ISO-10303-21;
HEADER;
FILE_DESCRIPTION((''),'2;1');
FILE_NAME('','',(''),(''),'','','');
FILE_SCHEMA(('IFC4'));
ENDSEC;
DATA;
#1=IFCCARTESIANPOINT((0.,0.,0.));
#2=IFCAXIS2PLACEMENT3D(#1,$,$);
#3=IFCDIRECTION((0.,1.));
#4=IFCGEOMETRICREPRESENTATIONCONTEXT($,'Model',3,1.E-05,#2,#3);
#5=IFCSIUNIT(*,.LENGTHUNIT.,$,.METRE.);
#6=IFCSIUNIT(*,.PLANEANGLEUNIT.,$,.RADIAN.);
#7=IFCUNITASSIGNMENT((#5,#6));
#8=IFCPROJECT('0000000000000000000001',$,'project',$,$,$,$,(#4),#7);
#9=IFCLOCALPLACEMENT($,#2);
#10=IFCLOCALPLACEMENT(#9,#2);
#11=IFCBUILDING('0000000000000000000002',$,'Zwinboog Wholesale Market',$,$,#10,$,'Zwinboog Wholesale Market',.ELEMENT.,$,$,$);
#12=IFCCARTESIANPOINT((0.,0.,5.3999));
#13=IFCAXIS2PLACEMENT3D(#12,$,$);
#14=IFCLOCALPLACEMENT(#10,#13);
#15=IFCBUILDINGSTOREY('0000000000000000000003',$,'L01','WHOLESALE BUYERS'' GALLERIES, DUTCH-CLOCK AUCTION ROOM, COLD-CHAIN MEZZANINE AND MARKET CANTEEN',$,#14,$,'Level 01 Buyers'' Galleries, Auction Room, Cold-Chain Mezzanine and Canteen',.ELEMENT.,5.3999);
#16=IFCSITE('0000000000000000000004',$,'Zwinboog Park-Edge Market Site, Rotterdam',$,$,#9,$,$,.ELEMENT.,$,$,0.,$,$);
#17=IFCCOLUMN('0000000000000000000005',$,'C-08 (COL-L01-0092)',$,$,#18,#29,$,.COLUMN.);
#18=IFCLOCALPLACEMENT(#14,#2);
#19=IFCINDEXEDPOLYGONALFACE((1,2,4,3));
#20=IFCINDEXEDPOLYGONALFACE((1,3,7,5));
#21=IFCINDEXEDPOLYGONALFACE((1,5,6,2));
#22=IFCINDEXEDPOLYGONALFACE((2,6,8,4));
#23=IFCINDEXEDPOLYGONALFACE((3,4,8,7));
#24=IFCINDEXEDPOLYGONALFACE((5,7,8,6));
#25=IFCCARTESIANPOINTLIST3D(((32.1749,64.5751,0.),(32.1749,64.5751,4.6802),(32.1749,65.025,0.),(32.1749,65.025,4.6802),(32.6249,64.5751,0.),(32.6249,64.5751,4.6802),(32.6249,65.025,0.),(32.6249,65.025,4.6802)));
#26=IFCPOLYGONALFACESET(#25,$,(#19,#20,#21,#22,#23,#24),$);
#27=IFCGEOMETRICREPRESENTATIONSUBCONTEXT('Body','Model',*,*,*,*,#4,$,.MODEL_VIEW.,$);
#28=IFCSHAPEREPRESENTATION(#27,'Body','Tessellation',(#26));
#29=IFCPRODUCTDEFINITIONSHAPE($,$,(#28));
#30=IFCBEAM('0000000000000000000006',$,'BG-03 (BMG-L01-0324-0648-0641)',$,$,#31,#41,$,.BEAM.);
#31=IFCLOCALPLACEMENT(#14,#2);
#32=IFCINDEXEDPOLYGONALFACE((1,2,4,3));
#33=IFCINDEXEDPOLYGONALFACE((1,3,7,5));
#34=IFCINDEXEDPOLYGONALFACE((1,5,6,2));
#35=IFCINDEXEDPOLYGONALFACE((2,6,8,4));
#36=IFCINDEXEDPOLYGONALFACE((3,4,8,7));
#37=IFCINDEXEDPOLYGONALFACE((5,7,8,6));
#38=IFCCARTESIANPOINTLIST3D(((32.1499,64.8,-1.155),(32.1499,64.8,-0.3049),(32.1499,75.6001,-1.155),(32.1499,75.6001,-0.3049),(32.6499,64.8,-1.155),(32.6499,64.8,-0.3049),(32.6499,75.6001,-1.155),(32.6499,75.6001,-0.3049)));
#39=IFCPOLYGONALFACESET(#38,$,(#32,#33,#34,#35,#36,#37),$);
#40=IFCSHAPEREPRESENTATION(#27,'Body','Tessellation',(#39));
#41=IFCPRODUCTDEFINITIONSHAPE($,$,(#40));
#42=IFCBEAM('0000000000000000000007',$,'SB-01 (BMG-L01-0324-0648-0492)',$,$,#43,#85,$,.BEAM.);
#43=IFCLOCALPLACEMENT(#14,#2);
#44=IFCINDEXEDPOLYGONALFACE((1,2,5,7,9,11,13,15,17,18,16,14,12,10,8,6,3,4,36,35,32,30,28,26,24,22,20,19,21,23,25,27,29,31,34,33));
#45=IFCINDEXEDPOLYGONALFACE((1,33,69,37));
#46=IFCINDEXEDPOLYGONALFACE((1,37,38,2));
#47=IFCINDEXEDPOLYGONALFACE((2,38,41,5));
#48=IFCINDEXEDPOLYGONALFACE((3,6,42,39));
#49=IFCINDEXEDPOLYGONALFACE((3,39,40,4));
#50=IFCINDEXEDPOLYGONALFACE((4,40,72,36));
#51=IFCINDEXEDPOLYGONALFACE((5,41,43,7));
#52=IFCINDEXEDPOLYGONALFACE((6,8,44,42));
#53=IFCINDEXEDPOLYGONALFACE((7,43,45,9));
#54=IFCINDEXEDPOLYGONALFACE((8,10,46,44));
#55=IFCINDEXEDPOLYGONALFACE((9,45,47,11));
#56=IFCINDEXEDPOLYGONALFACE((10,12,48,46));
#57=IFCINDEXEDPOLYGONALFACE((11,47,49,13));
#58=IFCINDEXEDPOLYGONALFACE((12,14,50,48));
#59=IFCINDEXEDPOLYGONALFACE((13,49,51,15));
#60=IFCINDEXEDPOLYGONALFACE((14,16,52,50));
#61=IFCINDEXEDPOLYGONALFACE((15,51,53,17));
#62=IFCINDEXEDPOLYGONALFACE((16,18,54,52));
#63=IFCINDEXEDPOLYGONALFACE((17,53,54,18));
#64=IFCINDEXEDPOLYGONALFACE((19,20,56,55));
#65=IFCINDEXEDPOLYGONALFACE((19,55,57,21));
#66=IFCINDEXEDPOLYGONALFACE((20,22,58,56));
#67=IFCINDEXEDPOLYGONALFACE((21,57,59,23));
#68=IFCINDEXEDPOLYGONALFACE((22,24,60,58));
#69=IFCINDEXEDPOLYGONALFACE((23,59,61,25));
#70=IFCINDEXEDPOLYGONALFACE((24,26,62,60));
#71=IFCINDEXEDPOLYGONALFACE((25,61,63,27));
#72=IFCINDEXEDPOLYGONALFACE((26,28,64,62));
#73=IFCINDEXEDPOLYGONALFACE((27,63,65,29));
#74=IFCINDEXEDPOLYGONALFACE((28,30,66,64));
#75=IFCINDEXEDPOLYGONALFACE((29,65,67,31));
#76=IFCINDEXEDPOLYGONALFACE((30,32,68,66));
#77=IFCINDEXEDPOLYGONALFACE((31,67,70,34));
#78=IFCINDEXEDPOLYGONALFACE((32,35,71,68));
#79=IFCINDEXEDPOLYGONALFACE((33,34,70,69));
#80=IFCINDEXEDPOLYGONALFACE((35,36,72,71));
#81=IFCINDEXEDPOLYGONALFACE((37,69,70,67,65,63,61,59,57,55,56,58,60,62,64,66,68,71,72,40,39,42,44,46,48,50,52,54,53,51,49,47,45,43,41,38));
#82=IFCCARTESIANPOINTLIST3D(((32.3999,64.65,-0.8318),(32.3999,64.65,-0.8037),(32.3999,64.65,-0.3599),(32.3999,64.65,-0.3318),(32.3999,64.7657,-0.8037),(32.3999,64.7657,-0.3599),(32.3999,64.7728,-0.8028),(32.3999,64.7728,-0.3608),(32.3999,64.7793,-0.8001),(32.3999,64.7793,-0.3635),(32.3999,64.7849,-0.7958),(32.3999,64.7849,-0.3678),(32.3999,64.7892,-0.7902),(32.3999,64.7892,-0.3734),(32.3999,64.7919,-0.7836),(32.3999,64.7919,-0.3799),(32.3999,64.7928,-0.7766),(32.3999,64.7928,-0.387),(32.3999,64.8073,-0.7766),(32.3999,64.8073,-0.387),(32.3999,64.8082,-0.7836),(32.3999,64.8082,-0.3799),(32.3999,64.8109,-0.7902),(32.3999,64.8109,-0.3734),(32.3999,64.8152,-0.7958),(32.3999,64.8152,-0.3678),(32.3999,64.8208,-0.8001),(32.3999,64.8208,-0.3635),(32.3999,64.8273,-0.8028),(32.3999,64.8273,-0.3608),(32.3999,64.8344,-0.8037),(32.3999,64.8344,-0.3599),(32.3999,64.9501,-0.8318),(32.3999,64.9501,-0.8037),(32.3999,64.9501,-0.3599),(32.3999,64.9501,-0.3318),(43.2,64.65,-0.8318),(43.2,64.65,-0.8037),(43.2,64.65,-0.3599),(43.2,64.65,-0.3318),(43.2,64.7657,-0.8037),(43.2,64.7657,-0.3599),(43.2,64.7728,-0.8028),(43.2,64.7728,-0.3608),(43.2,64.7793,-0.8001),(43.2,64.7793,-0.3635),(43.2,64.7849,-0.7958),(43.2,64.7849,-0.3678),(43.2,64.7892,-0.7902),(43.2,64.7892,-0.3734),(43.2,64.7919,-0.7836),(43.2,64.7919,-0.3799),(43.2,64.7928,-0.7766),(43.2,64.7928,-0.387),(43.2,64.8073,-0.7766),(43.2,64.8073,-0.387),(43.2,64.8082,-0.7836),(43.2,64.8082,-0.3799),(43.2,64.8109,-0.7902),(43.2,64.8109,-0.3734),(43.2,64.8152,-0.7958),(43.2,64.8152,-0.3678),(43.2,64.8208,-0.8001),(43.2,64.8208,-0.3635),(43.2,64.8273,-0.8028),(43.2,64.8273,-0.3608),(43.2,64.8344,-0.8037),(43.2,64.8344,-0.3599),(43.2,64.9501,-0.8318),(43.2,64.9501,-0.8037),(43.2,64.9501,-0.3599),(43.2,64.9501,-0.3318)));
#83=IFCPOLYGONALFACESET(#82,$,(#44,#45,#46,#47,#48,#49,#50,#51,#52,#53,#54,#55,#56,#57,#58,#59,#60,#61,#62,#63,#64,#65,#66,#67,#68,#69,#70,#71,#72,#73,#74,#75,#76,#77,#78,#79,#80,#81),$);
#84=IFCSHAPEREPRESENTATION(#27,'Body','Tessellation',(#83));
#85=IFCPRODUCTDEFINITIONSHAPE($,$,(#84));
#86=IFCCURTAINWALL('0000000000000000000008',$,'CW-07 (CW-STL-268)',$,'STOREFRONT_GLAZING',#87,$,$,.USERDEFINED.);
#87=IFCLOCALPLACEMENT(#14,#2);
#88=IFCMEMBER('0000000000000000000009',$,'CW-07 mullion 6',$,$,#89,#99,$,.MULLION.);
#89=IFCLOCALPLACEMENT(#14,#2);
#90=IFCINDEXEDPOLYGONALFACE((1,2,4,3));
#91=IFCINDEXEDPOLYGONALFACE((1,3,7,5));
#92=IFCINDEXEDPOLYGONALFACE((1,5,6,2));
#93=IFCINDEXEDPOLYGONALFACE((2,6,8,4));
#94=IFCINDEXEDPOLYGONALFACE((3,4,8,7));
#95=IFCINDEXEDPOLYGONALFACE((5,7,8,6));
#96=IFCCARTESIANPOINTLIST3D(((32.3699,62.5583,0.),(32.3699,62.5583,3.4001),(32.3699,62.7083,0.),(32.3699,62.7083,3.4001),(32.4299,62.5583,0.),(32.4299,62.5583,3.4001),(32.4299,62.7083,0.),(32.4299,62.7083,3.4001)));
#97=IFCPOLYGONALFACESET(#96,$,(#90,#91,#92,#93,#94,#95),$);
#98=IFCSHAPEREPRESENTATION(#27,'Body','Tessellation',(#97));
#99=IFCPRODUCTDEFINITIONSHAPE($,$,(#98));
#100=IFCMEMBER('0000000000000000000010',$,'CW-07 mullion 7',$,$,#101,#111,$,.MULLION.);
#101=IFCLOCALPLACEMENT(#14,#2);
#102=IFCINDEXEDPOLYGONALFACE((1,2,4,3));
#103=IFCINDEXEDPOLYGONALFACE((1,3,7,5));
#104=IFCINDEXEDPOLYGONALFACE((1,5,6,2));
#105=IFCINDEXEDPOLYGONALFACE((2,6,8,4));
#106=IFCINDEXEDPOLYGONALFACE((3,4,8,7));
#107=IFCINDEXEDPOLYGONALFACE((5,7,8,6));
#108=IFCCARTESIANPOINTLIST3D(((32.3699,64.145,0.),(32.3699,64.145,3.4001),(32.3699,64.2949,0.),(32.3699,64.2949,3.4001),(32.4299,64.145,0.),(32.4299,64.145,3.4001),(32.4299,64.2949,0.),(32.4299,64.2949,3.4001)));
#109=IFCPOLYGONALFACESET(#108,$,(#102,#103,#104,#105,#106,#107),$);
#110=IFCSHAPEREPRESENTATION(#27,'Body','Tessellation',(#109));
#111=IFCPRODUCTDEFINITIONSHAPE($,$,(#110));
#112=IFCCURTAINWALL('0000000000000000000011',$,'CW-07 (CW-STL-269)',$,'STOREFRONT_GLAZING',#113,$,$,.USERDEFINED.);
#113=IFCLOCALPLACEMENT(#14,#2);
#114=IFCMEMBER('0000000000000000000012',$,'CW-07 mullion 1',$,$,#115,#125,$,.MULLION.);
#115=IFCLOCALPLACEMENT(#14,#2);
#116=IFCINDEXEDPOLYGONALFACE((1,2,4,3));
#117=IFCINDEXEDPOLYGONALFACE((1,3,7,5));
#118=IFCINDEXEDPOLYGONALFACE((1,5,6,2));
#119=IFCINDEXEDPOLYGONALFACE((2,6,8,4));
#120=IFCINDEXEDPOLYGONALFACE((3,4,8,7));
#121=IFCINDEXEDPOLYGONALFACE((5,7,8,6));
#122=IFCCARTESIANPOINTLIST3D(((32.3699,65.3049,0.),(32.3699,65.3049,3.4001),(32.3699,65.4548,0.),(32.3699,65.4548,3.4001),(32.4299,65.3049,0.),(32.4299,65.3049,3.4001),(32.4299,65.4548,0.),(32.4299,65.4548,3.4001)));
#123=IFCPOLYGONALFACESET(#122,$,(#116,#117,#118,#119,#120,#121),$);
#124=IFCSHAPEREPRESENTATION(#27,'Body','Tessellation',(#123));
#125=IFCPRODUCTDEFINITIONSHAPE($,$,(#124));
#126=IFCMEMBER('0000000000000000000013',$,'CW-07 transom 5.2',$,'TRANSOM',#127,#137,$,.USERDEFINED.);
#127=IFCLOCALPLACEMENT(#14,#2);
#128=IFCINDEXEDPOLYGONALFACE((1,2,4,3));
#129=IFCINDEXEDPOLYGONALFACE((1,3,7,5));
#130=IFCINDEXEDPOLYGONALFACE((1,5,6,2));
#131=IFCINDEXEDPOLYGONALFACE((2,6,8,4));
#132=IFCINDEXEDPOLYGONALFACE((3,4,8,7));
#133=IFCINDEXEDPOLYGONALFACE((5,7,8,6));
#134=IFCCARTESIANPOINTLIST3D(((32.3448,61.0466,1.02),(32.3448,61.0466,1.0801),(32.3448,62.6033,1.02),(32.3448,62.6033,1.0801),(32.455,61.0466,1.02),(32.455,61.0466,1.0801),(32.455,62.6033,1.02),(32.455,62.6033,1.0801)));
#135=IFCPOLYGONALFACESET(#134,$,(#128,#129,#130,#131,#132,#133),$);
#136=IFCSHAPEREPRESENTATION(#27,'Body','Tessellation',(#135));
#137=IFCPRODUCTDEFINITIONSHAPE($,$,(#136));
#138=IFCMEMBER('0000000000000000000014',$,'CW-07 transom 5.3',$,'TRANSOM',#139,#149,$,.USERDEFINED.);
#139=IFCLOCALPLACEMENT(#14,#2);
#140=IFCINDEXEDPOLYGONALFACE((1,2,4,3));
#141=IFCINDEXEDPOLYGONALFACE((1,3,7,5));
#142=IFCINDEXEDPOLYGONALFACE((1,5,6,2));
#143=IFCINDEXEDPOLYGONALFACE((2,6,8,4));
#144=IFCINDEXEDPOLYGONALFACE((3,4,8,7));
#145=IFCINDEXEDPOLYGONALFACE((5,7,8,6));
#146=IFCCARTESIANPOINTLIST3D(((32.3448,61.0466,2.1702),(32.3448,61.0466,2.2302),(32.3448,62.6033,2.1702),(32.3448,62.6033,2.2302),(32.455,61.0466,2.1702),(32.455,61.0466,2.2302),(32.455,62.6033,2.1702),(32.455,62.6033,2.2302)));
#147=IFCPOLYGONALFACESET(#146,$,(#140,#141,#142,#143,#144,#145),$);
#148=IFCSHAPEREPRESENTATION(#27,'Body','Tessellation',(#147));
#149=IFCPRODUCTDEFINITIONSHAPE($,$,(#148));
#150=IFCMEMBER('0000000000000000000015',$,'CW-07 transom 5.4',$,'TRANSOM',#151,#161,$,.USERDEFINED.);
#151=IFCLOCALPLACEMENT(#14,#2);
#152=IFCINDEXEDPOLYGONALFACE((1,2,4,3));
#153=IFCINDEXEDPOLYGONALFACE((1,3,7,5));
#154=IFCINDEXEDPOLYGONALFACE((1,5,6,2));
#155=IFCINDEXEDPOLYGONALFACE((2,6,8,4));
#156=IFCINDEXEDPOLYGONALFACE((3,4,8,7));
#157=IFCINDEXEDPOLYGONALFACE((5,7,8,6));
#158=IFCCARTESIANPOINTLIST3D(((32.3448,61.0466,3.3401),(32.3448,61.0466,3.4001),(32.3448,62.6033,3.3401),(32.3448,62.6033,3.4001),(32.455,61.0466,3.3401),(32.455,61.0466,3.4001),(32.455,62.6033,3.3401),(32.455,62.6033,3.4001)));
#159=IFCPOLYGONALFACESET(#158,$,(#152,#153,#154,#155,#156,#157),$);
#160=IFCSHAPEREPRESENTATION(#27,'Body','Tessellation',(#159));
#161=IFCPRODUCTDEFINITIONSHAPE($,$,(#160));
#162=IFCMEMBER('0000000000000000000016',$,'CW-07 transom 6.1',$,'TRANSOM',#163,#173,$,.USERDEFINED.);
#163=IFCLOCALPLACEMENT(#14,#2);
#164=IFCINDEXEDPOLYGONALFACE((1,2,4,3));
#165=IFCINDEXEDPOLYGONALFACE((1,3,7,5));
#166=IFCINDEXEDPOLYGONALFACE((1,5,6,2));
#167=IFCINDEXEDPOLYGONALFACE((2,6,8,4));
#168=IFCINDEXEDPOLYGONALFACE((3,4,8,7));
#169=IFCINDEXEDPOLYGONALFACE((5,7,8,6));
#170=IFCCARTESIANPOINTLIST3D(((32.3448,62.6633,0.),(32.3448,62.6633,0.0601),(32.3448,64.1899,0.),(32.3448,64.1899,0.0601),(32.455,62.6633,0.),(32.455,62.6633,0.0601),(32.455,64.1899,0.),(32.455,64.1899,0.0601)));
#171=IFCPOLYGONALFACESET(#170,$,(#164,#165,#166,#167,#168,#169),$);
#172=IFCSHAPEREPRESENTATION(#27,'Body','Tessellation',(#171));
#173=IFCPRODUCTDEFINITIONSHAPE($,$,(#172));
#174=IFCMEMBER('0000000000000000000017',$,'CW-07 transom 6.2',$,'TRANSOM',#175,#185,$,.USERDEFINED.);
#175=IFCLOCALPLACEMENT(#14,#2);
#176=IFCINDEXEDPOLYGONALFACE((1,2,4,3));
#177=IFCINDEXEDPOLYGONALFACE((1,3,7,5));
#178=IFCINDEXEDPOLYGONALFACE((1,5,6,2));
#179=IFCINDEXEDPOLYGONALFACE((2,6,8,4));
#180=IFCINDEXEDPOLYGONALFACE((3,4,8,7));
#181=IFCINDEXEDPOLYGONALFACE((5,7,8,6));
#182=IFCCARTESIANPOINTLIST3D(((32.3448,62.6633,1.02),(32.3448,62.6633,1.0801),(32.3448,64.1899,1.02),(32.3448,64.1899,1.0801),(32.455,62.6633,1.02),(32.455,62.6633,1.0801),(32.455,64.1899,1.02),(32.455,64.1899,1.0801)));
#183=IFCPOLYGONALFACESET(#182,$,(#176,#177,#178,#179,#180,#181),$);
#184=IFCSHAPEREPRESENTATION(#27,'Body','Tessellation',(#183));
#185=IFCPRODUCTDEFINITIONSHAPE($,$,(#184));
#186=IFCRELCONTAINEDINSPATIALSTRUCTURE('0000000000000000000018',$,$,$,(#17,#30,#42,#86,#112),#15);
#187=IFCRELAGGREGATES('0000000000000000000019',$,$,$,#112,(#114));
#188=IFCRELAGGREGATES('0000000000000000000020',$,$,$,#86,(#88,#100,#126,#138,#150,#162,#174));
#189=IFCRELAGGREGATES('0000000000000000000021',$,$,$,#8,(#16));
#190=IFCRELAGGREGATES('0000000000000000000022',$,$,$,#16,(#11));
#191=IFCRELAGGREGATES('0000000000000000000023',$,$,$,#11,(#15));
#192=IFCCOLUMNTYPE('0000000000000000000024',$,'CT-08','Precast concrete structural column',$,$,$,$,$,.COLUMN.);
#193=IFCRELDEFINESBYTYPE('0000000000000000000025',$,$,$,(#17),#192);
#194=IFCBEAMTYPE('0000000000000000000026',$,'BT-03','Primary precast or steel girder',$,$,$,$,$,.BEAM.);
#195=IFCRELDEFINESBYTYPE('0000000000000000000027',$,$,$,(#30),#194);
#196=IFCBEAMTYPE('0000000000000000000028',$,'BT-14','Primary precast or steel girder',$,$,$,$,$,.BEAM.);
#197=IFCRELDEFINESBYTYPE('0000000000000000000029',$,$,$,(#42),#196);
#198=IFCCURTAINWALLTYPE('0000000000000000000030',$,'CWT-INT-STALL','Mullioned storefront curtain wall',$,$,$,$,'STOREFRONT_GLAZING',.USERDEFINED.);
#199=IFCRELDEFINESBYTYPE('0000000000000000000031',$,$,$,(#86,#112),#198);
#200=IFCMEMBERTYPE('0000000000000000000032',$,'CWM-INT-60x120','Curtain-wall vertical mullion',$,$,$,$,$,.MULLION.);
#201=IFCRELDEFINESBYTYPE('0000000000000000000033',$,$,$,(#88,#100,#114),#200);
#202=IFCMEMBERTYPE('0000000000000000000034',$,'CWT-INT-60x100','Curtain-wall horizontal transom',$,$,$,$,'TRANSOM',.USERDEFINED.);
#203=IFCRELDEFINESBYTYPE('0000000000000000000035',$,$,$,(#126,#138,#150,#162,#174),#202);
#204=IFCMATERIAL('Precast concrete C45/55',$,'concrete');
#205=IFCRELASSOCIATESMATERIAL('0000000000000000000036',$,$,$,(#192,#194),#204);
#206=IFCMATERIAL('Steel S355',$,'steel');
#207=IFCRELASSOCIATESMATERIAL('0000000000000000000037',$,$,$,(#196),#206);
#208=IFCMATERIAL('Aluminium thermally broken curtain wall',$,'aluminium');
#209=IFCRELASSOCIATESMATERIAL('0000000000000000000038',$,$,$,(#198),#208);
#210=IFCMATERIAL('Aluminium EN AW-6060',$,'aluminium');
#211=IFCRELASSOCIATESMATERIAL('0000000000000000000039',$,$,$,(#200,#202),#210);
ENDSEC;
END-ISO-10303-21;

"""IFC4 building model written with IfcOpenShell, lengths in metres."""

from ifc_helpers import new_model, si_unit, direction, frame, origin, origin_2d, place, context, subcontext, project, spatial, rectangle, i_section, extrude, material, material_profile, profile_set, type_object, element, aggregate, save


model = new_model("IFC4")

# Units and contexts
model_context = context("Model", 3, precision=1e-05, world=origin(), true_north=direction((0.0, 1.0)))
body_context = subcontext(model_context, "Body", "Model", "MODEL_VIEW")
ifc_project = project(units=[si_unit("LENGTHUNIT", "METRE"), si_unit("PLANEANGLEUNIT", "RADIAN")], contexts=[model_context])

# Site, building, storey
site_placement = place(None, origin())
site = spatial("IfcSite", under=ifc_project, at=site_placement, Name="Zwinboog Park-Edge Market Site, Rotterdam", CompositionType="ELEMENT", RefElevation=0.0)
building_placement = place(site_placement, origin())
building = spatial("IfcBuilding", under=site, at=building_placement, Name="Zwinboog Wholesale Market", LongName="Zwinboog Wholesale Market", CompositionType="ELEMENT")
storey_placement = place(building_placement, frame((0.0, 0.0, 5.3999)))
storey = spatial("IfcBuildingStorey", under=building, at=storey_placement, Name="L01", Description="WHOLESALE BUYERS' GALLERIES, DUTCH-CLOCK AUCTION ROOM, COLD-CHAIN MEZZANINE AND MARKET CANTEEN", LongName="Level 01 Buyers' Galleries, Auction Room, Cold-Chain Mezzanine and Canteen", CompositionType="ELEMENT", Elevation=5.3999)

# Column
ifc_material_1 = material(Name="Precast concrete C45/55", Category="concrete")
ifc_material_profile_1 = material_profile(ifc_material_1, rectangle(XDim=0.45, YDim=0.45, at=origin_2d()), Name="PC 450x450")
ifc_profile_set_1 = profile_set([ifc_material_profile_1], Name="Precast concrete C45/55")
column_type = type_object("IfcColumnType", Name="CT-08", Description="Precast concrete structural column", PredefinedType="COLUMN", material=ifc_profile_set_1)
column_placement = place(storey_placement, frame((32.3999, 64.8, 0.0), z_axis=(0.0, 0.0, 1.0), x_axis=(1.0, 0.0, 0.0)))
element("IfcColumn", 1, at=column_placement, inside=storey, type_object=column_type, Name="C-08 (COL-L01-0092)", PredefinedType="COLUMN", context=body_context, shape_type="SweptSolid", body=[
    extrude(rectangle(XDim=0.45, YDim=0.45, at=origin_2d()), origin(), (0.0, 0.0, 1.0), 4.6802),
])

# Beams
ifc_material_profile_2 = material_profile(ifc_material_1, rectangle(XDim=0.5, YDim=0.8501, at=origin_2d()), Name="PC 500x850")
ifc_profile_set_2 = profile_set([ifc_material_profile_2], Name="Precast concrete C45/55")
beam_type_1 = type_object("IfcBeamType", Name="BT-03", Description="Primary precast or steel girder", PredefinedType="BEAM", material=ifc_profile_set_2)
beam_1_placement = place(storey_placement, frame((32.3999, 64.8, -0.73), z_axis=(0.0, 1.0, 0.0), x_axis=(-1.0, 0.0, 0.0)))
element("IfcBeam", 2, at=beam_1_placement, inside=storey, type_object=beam_type_1, Name="BG-03 (BMG-L01-0324-0648-0641)", PredefinedType="BEAM", context=body_context, shape_type="SweptSolid", body=[
    extrude(rectangle(XDim=0.5, YDim=0.8501, at=origin_2d()), origin(), (0.0, 0.0, 1.0), 10.8),
])
ifc_material_2 = material(Name="Steel S355", Category="steel")
ifc_material_profile_3 = material_profile(ifc_material_2, i_section(OverallWidth=0.3, OverallDepth=0.5, WebThickness=0.0144, FlangeThickness=0.0281, FilletRadius=0.0271, at=origin_2d()), Name="HEB 500")
ifc_profile_set_3 = profile_set([ifc_material_profile_3], Name="Steel S355")
beam_type_2 = type_object("IfcBeamType", Name="BT-14", Description="Primary precast or steel girder", PredefinedType="BEAM", material=ifc_profile_set_3)
beam_2_placement = place(storey_placement, frame((32.3999, 64.8, -0.5818), z_axis=(1.0, 0.0, 0.0), x_axis=(0.0, 1.0, 0.0)))
element("IfcBeam", 3, at=beam_2_placement, inside=storey, type_object=beam_type_2, Name="SB-01 (BMG-L01-0324-0648-0492)", PredefinedType="BEAM", context=body_context, shape_type="SweptSolid", body=[
    extrude(i_section(OverallWidth=0.3, OverallDepth=0.5, WebThickness=0.0144, FlangeThickness=0.0281, FilletRadius=0.0271, at=origin_2d()), origin(), (0.0, 0.0, 1.0), 10.8),
])

# Curtain wall, members
ifc_material_3 = material(Name="Aluminium thermally broken curtain wall", Category="aluminium")
curtain_wall_type = type_object("IfcCurtainWallType", Name="CWT-INT-STALL", Description="Mullioned storefront curtain wall", ElementType="STOREFRONT_GLAZING", PredefinedType="USERDEFINED", material=ifc_material_3)
curtain_wall_1_placement = place(storey_placement, origin())
curtain_wall_1 = element("IfcCurtainWall", 4, at=curtain_wall_1_placement, inside=storey, type_object=curtain_wall_type, Name="CW-07 (CW-STL-268)", ObjectType="STOREFRONT_GLAZING", PredefinedType="USERDEFINED")
ifc_material_4 = material(Name="Aluminium EN AW-6060", Category="aluminium")
ifc_material_profile_4 = material_profile(ifc_material_4, rectangle(XDim=0.0601, YDim=0.1499, at=origin_2d()), Name="AL 60x150")
ifc_profile_set_4 = profile_set([ifc_material_profile_4], Name="Aluminium EN AW-6060")
member_type_1 = type_object("IfcMemberType", Name="CWM-INT-60x120", Description="Curtain-wall vertical mullion", PredefinedType="MULLION", material=ifc_profile_set_4)
member_1_placement = place(storey_placement, frame((32.3999, 62.6333, 0.0), z_axis=(0.0, 0.0, 1.0), x_axis=(-1.0, 0.0, 0.0)))
member_1 = element("IfcMember", 5, at=member_1_placement, type_object=member_type_1, Name="CW-07 mullion 6", PredefinedType="MULLION", context=body_context, shape_type="SweptSolid", body=[
    extrude(rectangle(XDim=0.0601, YDim=0.1499, at=origin_2d()), origin(), (0.0, 0.0, 1.0), 3.4001),
])
member_2_placement = place(storey_placement, frame((32.3999, 64.22, 0.0), z_axis=(0.0, 0.0, 1.0), x_axis=(-1.0, 0.0, 0.0)))
member_2 = element("IfcMember", 6, at=member_2_placement, type_object=member_type_1, Name="CW-07 mullion 7", PredefinedType="MULLION", context=body_context, shape_type="SweptSolid", body=[
    extrude(rectangle(XDim=0.0601, YDim=0.1499, at=origin_2d()), origin(), (0.0, 0.0, 1.0), 3.4001),
])

# Curtain wall, member
curtain_wall_2_placement = place(storey_placement, origin())
curtain_wall_2 = element("IfcCurtainWall", 7, at=curtain_wall_2_placement, inside=storey, type_object=curtain_wall_type, Name="CW-07 (CW-STL-269)", ObjectType="STOREFRONT_GLAZING", PredefinedType="USERDEFINED")
member_3_placement = place(storey_placement, frame((32.3999, 65.3799, 0.0), z_axis=(0.0, 0.0, 1.0), x_axis=(-1.0, 0.0, 0.0)))
member_3 = element("IfcMember", 8, at=member_3_placement, type_object=member_type_1, Name="CW-07 mullion 1", PredefinedType="MULLION", context=body_context, shape_type="SweptSolid", body=[
    extrude(rectangle(XDim=0.0601, YDim=0.1499, at=origin_2d()), origin(), (0.0, 0.0, 1.0), 3.4001),
])

# Members
ifc_material_profile_5 = material_profile(ifc_material_4, rectangle(XDim=0.1101, YDim=0.0601, at=origin_2d()), Name="AL 60x110")
ifc_profile_set_5 = profile_set([ifc_material_profile_5], Name="Aluminium EN AW-6060")
member_type_2 = type_object("IfcMemberType", Name="CWT-INT-60x100", Description="Curtain-wall horizontal transom", ElementType="TRANSOM", PredefinedType="USERDEFINED", material=ifc_profile_set_5)
member_4_placement = place(storey_placement, frame((32.3999, 61.0466, 1.05), z_axis=(0.0, 1.0, 0.0), x_axis=(-1.0, 0.0, 0.0)))
member_4 = element("IfcMember", 9, at=member_4_placement, type_object=member_type_2, Name="CW-07 transom 5.2", ObjectType="TRANSOM", PredefinedType="USERDEFINED", context=body_context, shape_type="SweptSolid", body=[
    extrude(rectangle(XDim=0.1101, YDim=0.0601, at=origin_2d()), origin(), (0.0, 0.0, 1.0), 1.5566),
])
member_5_placement = place(storey_placement, frame((32.3999, 61.0466, 2.2002), z_axis=(0.0, 1.0, 0.0), x_axis=(-1.0, 0.0, 0.0)))
member_5 = element("IfcMember", 10, at=member_5_placement, type_object=member_type_2, Name="CW-07 transom 5.3", ObjectType="TRANSOM", PredefinedType="USERDEFINED", context=body_context, shape_type="SweptSolid", body=[
    extrude(rectangle(XDim=0.1101, YDim=0.0601, at=origin_2d()), origin(), (0.0, 0.0, 1.0), 1.5566),
])
member_6_placement = place(storey_placement, frame((32.3999, 61.0466, 3.3701), z_axis=(0.0, 1.0, 0.0), x_axis=(-1.0, 0.0, 0.0)))
member_6 = element("IfcMember", 11, at=member_6_placement, type_object=member_type_2, Name="CW-07 transom 5.4", ObjectType="TRANSOM", PredefinedType="USERDEFINED", context=body_context, shape_type="SweptSolid", body=[
    extrude(rectangle(XDim=0.1101, YDim=0.0601, at=origin_2d()), origin(), (0.0, 0.0, 1.0), 1.5566),
])
member_7_placement = place(storey_placement, frame((32.3999, 62.6633, 0.03), z_axis=(0.0, 1.0, 0.0), x_axis=(-1.0, 0.0, 0.0)))
member_7 = element("IfcMember", 12, at=member_7_placement, type_object=member_type_2, Name="CW-07 transom 6.1", ObjectType="TRANSOM", PredefinedType="USERDEFINED", context=body_context, shape_type="SweptSolid", body=[
    extrude(rectangle(XDim=0.1101, YDim=0.0601, at=origin_2d()), origin(), (0.0, 0.0, 1.0), 1.5266),
])
member_8_placement = place(storey_placement, frame((32.3999, 62.6633, 1.05), z_axis=(0.0, 1.0, 0.0), x_axis=(-1.0, 0.0, 0.0)))
member_8 = element("IfcMember", 13, at=member_8_placement, type_object=member_type_2, Name="CW-07 transom 6.2", ObjectType="TRANSOM", PredefinedType="USERDEFINED", context=body_context, shape_type="SweptSolid", body=[
    extrude(rectangle(XDim=0.1101, YDim=0.0601, at=origin_2d()), origin(), (0.0, 0.0, 1.0), 1.5266),
])
aggregate(curtain_wall_2, [member_3])

aggregate(curtain_wall_1, [member_1, member_2, member_4, member_5, member_6, member_7, member_8])

save(model, "model.ifc")
